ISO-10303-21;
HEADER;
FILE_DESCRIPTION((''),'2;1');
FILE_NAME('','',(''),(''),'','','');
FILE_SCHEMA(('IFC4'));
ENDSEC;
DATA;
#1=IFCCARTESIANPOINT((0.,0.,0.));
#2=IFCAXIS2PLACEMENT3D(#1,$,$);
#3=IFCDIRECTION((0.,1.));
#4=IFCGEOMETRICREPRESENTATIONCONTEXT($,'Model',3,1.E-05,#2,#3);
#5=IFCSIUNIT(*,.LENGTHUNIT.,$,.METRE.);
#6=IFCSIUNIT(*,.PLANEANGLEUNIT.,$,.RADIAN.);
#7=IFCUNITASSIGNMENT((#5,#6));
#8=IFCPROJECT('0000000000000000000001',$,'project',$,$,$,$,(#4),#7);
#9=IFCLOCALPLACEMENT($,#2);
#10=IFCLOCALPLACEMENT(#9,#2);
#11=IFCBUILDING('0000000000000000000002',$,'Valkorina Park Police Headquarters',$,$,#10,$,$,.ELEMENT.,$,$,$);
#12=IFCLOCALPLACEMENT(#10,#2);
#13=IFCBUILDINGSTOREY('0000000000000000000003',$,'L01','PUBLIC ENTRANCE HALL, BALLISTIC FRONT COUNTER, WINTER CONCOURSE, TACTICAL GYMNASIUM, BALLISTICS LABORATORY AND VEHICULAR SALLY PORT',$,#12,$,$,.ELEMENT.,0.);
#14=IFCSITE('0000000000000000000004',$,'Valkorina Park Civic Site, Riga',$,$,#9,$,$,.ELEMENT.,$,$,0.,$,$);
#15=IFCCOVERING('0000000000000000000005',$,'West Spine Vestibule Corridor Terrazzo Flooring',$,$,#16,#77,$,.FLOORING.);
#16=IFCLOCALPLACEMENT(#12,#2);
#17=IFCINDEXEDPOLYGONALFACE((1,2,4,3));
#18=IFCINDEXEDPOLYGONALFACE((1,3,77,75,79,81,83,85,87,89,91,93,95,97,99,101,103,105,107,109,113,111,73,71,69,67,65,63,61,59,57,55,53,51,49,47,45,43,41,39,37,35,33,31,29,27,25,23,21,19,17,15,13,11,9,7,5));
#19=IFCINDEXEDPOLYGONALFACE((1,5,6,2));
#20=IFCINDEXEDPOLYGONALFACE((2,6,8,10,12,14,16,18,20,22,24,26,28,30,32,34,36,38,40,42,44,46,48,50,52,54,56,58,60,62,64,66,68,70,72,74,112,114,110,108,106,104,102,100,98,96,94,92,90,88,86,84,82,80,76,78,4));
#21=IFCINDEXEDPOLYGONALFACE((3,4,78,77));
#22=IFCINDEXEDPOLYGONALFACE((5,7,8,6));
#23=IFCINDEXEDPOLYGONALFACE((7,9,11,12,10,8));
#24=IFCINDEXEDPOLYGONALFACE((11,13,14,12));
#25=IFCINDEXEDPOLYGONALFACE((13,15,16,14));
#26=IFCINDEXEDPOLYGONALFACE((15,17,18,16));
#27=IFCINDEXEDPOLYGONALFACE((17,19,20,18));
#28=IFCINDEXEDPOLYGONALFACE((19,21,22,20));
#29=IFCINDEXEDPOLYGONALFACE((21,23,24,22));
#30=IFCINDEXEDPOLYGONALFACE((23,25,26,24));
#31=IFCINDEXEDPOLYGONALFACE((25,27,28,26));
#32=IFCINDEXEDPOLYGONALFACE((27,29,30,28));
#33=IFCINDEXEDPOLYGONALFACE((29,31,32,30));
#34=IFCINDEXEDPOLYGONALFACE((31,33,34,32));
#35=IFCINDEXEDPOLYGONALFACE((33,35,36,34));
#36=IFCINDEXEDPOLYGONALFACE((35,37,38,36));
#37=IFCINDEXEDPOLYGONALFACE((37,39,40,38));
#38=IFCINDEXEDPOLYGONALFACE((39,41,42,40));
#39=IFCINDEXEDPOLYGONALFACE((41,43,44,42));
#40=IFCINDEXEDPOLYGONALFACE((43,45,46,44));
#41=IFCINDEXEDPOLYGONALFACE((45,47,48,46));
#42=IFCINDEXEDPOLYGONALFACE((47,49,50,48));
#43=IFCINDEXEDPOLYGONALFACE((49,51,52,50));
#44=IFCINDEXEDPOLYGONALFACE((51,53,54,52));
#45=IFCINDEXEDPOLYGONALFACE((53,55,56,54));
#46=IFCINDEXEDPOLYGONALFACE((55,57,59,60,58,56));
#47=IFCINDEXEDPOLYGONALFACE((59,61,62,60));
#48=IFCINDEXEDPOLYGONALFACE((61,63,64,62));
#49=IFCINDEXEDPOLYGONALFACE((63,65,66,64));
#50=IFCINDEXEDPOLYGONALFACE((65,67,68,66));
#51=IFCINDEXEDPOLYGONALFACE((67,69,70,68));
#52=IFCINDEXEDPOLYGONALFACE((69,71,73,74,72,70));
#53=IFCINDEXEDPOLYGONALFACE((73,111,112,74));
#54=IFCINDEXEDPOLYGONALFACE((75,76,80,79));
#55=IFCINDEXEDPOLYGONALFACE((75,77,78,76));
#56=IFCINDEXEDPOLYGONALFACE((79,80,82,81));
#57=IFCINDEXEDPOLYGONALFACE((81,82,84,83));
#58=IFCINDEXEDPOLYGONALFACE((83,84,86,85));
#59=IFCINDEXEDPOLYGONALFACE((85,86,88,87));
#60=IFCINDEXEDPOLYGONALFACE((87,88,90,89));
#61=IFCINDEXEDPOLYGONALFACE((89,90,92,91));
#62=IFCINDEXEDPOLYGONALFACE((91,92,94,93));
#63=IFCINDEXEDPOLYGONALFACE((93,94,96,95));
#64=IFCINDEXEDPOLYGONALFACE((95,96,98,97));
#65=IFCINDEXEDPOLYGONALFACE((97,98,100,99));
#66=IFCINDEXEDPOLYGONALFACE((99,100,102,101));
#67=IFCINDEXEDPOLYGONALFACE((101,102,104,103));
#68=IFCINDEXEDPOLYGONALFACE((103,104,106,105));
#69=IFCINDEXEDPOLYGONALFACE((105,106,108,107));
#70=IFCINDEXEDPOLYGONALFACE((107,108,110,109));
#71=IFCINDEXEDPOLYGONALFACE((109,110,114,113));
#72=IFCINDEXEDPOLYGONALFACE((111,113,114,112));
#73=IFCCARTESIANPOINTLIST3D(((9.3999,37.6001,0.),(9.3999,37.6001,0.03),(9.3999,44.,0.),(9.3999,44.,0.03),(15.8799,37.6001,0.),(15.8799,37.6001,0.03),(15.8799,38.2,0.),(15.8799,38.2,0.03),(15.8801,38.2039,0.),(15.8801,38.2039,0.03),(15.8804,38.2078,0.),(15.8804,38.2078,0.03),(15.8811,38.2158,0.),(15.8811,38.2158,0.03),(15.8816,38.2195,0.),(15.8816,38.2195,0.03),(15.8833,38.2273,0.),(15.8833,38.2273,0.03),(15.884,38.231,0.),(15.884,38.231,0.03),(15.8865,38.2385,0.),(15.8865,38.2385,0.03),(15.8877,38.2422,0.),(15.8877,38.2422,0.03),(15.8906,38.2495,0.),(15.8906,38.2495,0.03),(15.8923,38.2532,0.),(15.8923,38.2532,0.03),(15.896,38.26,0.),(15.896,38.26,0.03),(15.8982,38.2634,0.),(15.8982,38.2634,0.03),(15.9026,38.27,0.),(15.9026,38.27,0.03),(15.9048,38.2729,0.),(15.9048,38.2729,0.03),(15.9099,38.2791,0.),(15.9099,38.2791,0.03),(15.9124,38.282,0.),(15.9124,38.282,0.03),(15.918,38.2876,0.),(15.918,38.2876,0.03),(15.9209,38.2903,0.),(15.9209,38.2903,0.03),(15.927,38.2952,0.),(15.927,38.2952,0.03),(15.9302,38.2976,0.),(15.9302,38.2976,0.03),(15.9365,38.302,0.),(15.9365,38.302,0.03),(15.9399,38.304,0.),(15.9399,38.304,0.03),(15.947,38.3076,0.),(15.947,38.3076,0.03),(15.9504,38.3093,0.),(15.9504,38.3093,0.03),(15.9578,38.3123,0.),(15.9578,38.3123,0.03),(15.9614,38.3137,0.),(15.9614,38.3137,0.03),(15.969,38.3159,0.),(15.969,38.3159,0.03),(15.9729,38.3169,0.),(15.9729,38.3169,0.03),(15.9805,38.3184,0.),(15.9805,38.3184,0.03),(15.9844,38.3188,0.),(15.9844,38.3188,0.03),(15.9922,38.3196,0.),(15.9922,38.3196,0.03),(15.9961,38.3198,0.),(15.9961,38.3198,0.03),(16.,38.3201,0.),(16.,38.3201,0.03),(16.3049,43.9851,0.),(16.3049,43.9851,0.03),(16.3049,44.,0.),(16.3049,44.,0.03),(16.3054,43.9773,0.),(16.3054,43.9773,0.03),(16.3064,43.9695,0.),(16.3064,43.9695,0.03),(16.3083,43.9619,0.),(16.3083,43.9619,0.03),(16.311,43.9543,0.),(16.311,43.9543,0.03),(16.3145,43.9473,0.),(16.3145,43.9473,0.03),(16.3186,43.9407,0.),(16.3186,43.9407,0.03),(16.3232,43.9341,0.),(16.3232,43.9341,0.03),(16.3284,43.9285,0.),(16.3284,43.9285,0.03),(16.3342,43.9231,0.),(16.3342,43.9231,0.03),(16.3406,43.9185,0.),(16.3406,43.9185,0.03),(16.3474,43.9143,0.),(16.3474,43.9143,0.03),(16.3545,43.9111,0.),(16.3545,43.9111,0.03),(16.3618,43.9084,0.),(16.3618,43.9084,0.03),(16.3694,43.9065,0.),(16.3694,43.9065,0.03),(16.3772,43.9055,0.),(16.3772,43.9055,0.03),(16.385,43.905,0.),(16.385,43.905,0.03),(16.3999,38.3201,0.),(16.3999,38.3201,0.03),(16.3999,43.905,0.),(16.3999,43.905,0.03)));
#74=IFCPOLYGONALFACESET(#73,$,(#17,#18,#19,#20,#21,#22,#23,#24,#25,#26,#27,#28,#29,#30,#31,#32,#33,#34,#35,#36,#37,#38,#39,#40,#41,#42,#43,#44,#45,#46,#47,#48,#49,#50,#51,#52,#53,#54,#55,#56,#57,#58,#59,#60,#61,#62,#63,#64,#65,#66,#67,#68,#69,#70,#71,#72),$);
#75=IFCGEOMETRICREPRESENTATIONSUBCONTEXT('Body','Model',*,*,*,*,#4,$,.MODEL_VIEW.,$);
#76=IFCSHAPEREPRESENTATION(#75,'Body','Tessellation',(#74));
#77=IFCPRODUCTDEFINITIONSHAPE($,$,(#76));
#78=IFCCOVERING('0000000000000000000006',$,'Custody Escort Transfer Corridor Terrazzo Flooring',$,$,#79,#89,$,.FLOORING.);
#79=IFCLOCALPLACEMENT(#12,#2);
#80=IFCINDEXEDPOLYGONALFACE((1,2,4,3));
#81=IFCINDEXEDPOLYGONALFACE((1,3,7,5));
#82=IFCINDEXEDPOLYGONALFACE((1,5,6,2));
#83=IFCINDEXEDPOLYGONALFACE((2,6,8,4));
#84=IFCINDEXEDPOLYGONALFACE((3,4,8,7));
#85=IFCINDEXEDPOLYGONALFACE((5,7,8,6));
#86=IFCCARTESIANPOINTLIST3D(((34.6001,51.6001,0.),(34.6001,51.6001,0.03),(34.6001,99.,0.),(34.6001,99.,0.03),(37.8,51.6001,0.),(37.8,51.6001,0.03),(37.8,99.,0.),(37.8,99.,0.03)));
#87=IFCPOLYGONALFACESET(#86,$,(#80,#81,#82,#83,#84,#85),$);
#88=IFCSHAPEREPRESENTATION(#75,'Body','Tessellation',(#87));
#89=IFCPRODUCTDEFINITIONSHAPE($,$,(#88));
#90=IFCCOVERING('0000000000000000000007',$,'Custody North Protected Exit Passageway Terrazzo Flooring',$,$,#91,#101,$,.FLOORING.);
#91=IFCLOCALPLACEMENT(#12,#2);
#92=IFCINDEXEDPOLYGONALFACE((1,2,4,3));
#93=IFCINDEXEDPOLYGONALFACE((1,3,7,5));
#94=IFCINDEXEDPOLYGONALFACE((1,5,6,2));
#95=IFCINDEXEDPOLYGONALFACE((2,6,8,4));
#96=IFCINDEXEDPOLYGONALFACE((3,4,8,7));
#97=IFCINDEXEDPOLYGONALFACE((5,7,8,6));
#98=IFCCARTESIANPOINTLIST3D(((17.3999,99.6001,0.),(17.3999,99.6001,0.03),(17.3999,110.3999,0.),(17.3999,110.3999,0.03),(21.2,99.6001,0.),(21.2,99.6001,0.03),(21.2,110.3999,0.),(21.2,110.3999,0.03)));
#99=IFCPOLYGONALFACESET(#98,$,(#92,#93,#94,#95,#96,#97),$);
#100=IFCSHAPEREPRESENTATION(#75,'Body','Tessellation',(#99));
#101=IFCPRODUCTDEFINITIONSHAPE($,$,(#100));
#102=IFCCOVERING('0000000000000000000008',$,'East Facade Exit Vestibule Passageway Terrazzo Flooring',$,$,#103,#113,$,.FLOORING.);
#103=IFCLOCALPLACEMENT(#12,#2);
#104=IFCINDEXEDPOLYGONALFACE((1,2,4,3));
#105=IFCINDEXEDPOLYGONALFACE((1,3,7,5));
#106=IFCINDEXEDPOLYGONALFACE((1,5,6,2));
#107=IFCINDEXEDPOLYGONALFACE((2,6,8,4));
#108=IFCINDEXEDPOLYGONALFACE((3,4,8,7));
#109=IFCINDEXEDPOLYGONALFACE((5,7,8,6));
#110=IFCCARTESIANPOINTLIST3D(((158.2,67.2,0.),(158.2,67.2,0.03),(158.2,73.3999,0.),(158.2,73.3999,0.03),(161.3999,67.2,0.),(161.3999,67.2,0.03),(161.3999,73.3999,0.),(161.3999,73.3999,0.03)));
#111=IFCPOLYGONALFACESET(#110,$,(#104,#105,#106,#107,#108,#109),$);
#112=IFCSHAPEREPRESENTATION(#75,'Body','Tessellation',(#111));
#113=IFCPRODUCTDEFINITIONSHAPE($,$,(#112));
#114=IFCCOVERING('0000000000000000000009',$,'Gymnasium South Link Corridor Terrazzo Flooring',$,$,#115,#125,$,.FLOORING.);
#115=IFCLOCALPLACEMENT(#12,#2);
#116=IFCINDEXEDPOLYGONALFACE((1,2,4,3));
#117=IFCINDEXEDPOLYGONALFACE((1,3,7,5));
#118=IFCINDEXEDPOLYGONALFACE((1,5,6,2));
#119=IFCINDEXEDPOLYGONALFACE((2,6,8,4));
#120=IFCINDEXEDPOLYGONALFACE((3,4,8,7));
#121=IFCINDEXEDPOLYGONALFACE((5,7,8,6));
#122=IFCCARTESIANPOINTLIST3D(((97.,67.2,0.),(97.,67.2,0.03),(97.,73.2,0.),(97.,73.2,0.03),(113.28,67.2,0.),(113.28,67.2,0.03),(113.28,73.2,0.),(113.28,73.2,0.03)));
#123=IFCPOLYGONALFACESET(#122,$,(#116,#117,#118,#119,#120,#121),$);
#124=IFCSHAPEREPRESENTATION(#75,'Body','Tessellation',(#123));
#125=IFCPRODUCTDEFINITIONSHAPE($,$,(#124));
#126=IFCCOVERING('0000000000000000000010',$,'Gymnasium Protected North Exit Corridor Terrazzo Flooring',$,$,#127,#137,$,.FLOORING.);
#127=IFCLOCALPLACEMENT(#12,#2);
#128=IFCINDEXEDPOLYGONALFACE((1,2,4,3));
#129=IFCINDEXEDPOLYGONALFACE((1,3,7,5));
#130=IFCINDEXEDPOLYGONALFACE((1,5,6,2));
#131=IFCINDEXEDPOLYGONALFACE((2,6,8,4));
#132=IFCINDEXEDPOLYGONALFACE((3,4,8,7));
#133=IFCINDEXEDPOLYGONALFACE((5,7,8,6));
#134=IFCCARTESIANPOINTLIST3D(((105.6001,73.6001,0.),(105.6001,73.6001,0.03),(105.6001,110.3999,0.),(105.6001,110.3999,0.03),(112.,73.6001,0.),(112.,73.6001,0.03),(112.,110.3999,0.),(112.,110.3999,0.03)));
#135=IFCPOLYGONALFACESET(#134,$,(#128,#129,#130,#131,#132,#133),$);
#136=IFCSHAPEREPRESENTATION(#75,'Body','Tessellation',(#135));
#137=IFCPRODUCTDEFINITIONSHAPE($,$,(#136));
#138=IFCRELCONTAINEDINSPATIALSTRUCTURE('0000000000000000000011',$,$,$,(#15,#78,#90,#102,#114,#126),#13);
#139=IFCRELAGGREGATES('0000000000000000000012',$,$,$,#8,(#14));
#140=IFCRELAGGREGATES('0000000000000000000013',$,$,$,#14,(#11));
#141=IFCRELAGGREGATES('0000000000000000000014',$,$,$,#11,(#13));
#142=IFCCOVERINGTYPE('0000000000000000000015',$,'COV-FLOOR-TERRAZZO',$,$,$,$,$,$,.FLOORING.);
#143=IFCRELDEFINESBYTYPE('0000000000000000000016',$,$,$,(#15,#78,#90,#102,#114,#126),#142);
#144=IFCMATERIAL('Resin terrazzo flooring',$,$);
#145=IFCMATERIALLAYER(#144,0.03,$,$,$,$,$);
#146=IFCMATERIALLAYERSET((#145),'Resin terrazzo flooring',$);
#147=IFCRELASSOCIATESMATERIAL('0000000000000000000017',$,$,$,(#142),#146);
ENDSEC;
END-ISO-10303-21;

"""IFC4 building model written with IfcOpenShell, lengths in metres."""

from ifc_helpers import new_model, si_unit, direction, origin, place, context, subcontext, project, spatial, polyline, outline, extrude, material, layer, layer_set, type_object, element, save


model = new_model("IFC4")

# Units and contexts
model_context = context("Model", 3, precision=1e-05, world=origin(), true_north=direction((0.0, 1.0)))
body_context = subcontext(model_context, "Body", "Model", "MODEL_VIEW")
ifc_project = project(units=[si_unit("LENGTHUNIT", "METRE"), si_unit("PLANEANGLEUNIT", "RADIAN")], contexts=[model_context])

# Site, building, storey
site_placement = place(None, origin())
site = spatial("IfcSite", under=ifc_project, at=site_placement, Name="Valkorina Park Civic Site, Riga", CompositionType="ELEMENT", RefElevation=0.0)
building_placement = place(site_placement, origin())
building = spatial("IfcBuilding", under=site, at=building_placement, Name="Valkorina Park Police Headquarters", CompositionType="ELEMENT")
storey_placement = place(building_placement, origin())
storey = spatial("IfcBuildingStorey", under=building, at=storey_placement, Name="L01", Description="PUBLIC ENTRANCE HALL, BALLISTIC FRONT COUNTER, WINTER CONCOURSE, TACTICAL GYMNASIUM, BALLISTICS LABORATORY AND VEHICULAR SALLY PORT", CompositionType="ELEMENT", Elevation=0.0)

# Coverings
ifc_material_1 = material(Name="Resin terrazzo flooring")
ifc_layer_1 = layer(ifc_material_1, 0.03)
ifc_layer_set_1 = layer_set([ifc_layer_1], Name="Resin terrazzo flooring")
covering_type_1 = type_object("IfcCoveringType", Name="COV-FLOOR-TERRAZZO", PredefinedType="FLOORING", material=ifc_layer_set_1)
covering_1_placement = place(storey_placement, origin())
element("IfcCovering", 1, at=covering_1_placement, inside=storey, type_object=covering_type_1, Name="West Spine Vestibule Corridor Terrazzo Flooring", PredefinedType="FLOORING", context=body_context, shape_type="SweptSolid", body=[
    extrude(outline(polyline([(16.3999, 43.905), (16.385, 43.905), (16.3772, 43.9055), (16.3694, 43.9065), (16.3618, 43.9084), (16.3545, 43.9111), (16.3474, 43.9143), (16.3406, 43.9185), (16.3342, 43.9231), (16.3284, 43.9285), (16.3232, 43.9341), (16.3186, 43.9407), (16.3145, 43.9473), (16.311, 43.9543), (16.3083, 43.9619), (16.3064, 43.9695), (16.3054, 43.9773), (16.3049, 43.9851), (16.3049, 44.0), (9.3999, 44.0), (9.3999, 37.6001), (15.8799, 37.6001), (15.8799, 38.2), (15.8801, 38.2039), (15.8804, 38.2078), (15.8811, 38.2158), (15.8816, 38.2195), (15.8833, 38.2273), (15.884, 38.231), (15.8865, 38.2385), (15.8877, 38.2422), (15.8906, 38.2495), (15.8923, 38.2532), (15.896, 38.26), (15.8982, 38.2634), (15.9026, 38.27), (15.9048, 38.2729), (15.9099, 38.2791), (15.9124, 38.282), (15.918, 38.2876), (15.9209, 38.2903), (15.927, 38.2952), (15.9302, 38.2976), (15.9365, 38.302), (15.9399, 38.304), (15.947, 38.3076), (15.9504, 38.3093), (15.9578, 38.3123), (15.9614, 38.3137), (15.969, 38.3159), (15.9729, 38.3169), (15.9805, 38.3184), (15.9844, 38.3188), (15.9922, 38.3196), (15.9961, 38.3198), (16.0, 38.3201), (16.3999, 38.3201), (16.3999, 43.905)])), origin(), (0.0, 0.0, 1.0), 0.03),
])
covering_2_placement = place(storey_placement, origin())
element("IfcCovering", 2, at=covering_2_placement, inside=storey, type_object=covering_type_1, Name="Custody Escort Transfer Corridor Terrazzo Flooring", PredefinedType="FLOORING", context=body_context, shape_type="SweptSolid", body=[
    extrude(outline(polyline([(37.8, 99.0), (34.6001, 99.0), (34.6001, 51.6001), (37.8, 51.6001), (37.8, 99.0)])), origin(), (0.0, 0.0, 1.0), 0.03),
])
covering_3_placement = place(storey_placement, origin())
element("IfcCovering", 3, at=covering_3_placement, inside=storey, type_object=covering_type_1, Name="Custody North Protected Exit Passageway Terrazzo Flooring", PredefinedType="FLOORING", context=body_context, shape_type="SweptSolid", body=[
    extrude(outline(polyline([(21.2, 110.3999), (17.3999, 110.3999), (17.3999, 99.6001), (21.2, 99.6001), (21.2, 110.3999)])), origin(), (0.0, 0.0, 1.0), 0.03),
])
covering_4_placement = place(storey_placement, origin())
element("IfcCovering", 4, at=covering_4_placement, inside=storey, type_object=covering_type_1, Name="East Facade Exit Vestibule Passageway Terrazzo Flooring", PredefinedType="FLOORING", context=body_context, shape_type="SweptSolid", body=[
    extrude(outline(polyline([(161.3999, 73.3999), (158.2, 73.3999), (158.2, 67.2), (161.3999, 67.2), (161.3999, 73.3999)])), origin(), (0.0, 0.0, 1.0), 0.03),
])
covering_5_placement = place(storey_placement, origin())
element("IfcCovering", 5, at=covering_5_placement, inside=storey, type_object=covering_type_1, Name="Gymnasium South Link Corridor Terrazzo Flooring", PredefinedType="FLOORING", context=body_context, shape_type="SweptSolid", body=[
    extrude(outline(polyline([(113.28, 73.2), (97.0, 73.2), (97.0, 67.2), (113.28, 67.2), (113.28, 73.2)])), origin(), (0.0, 0.0, 1.0), 0.03),
])
covering_6_placement = place(storey_placement, origin())
element("IfcCovering", 6, at=covering_6_placement, inside=storey, type_object=covering_type_1, Name="Gymnasium Protected North Exit Corridor Terrazzo Flooring", PredefinedType="FLOORING", context=body_context, shape_type="SweptSolid", body=[
    extrude(outline(polyline([(112.0, 110.3999), (105.6001, 110.3999), (105.6001, 73.6001), (112.0, 73.6001), (112.0, 110.3999)])), origin(), (0.0, 0.0, 1.0), 0.03),
])

save(model, "model.ifc")
